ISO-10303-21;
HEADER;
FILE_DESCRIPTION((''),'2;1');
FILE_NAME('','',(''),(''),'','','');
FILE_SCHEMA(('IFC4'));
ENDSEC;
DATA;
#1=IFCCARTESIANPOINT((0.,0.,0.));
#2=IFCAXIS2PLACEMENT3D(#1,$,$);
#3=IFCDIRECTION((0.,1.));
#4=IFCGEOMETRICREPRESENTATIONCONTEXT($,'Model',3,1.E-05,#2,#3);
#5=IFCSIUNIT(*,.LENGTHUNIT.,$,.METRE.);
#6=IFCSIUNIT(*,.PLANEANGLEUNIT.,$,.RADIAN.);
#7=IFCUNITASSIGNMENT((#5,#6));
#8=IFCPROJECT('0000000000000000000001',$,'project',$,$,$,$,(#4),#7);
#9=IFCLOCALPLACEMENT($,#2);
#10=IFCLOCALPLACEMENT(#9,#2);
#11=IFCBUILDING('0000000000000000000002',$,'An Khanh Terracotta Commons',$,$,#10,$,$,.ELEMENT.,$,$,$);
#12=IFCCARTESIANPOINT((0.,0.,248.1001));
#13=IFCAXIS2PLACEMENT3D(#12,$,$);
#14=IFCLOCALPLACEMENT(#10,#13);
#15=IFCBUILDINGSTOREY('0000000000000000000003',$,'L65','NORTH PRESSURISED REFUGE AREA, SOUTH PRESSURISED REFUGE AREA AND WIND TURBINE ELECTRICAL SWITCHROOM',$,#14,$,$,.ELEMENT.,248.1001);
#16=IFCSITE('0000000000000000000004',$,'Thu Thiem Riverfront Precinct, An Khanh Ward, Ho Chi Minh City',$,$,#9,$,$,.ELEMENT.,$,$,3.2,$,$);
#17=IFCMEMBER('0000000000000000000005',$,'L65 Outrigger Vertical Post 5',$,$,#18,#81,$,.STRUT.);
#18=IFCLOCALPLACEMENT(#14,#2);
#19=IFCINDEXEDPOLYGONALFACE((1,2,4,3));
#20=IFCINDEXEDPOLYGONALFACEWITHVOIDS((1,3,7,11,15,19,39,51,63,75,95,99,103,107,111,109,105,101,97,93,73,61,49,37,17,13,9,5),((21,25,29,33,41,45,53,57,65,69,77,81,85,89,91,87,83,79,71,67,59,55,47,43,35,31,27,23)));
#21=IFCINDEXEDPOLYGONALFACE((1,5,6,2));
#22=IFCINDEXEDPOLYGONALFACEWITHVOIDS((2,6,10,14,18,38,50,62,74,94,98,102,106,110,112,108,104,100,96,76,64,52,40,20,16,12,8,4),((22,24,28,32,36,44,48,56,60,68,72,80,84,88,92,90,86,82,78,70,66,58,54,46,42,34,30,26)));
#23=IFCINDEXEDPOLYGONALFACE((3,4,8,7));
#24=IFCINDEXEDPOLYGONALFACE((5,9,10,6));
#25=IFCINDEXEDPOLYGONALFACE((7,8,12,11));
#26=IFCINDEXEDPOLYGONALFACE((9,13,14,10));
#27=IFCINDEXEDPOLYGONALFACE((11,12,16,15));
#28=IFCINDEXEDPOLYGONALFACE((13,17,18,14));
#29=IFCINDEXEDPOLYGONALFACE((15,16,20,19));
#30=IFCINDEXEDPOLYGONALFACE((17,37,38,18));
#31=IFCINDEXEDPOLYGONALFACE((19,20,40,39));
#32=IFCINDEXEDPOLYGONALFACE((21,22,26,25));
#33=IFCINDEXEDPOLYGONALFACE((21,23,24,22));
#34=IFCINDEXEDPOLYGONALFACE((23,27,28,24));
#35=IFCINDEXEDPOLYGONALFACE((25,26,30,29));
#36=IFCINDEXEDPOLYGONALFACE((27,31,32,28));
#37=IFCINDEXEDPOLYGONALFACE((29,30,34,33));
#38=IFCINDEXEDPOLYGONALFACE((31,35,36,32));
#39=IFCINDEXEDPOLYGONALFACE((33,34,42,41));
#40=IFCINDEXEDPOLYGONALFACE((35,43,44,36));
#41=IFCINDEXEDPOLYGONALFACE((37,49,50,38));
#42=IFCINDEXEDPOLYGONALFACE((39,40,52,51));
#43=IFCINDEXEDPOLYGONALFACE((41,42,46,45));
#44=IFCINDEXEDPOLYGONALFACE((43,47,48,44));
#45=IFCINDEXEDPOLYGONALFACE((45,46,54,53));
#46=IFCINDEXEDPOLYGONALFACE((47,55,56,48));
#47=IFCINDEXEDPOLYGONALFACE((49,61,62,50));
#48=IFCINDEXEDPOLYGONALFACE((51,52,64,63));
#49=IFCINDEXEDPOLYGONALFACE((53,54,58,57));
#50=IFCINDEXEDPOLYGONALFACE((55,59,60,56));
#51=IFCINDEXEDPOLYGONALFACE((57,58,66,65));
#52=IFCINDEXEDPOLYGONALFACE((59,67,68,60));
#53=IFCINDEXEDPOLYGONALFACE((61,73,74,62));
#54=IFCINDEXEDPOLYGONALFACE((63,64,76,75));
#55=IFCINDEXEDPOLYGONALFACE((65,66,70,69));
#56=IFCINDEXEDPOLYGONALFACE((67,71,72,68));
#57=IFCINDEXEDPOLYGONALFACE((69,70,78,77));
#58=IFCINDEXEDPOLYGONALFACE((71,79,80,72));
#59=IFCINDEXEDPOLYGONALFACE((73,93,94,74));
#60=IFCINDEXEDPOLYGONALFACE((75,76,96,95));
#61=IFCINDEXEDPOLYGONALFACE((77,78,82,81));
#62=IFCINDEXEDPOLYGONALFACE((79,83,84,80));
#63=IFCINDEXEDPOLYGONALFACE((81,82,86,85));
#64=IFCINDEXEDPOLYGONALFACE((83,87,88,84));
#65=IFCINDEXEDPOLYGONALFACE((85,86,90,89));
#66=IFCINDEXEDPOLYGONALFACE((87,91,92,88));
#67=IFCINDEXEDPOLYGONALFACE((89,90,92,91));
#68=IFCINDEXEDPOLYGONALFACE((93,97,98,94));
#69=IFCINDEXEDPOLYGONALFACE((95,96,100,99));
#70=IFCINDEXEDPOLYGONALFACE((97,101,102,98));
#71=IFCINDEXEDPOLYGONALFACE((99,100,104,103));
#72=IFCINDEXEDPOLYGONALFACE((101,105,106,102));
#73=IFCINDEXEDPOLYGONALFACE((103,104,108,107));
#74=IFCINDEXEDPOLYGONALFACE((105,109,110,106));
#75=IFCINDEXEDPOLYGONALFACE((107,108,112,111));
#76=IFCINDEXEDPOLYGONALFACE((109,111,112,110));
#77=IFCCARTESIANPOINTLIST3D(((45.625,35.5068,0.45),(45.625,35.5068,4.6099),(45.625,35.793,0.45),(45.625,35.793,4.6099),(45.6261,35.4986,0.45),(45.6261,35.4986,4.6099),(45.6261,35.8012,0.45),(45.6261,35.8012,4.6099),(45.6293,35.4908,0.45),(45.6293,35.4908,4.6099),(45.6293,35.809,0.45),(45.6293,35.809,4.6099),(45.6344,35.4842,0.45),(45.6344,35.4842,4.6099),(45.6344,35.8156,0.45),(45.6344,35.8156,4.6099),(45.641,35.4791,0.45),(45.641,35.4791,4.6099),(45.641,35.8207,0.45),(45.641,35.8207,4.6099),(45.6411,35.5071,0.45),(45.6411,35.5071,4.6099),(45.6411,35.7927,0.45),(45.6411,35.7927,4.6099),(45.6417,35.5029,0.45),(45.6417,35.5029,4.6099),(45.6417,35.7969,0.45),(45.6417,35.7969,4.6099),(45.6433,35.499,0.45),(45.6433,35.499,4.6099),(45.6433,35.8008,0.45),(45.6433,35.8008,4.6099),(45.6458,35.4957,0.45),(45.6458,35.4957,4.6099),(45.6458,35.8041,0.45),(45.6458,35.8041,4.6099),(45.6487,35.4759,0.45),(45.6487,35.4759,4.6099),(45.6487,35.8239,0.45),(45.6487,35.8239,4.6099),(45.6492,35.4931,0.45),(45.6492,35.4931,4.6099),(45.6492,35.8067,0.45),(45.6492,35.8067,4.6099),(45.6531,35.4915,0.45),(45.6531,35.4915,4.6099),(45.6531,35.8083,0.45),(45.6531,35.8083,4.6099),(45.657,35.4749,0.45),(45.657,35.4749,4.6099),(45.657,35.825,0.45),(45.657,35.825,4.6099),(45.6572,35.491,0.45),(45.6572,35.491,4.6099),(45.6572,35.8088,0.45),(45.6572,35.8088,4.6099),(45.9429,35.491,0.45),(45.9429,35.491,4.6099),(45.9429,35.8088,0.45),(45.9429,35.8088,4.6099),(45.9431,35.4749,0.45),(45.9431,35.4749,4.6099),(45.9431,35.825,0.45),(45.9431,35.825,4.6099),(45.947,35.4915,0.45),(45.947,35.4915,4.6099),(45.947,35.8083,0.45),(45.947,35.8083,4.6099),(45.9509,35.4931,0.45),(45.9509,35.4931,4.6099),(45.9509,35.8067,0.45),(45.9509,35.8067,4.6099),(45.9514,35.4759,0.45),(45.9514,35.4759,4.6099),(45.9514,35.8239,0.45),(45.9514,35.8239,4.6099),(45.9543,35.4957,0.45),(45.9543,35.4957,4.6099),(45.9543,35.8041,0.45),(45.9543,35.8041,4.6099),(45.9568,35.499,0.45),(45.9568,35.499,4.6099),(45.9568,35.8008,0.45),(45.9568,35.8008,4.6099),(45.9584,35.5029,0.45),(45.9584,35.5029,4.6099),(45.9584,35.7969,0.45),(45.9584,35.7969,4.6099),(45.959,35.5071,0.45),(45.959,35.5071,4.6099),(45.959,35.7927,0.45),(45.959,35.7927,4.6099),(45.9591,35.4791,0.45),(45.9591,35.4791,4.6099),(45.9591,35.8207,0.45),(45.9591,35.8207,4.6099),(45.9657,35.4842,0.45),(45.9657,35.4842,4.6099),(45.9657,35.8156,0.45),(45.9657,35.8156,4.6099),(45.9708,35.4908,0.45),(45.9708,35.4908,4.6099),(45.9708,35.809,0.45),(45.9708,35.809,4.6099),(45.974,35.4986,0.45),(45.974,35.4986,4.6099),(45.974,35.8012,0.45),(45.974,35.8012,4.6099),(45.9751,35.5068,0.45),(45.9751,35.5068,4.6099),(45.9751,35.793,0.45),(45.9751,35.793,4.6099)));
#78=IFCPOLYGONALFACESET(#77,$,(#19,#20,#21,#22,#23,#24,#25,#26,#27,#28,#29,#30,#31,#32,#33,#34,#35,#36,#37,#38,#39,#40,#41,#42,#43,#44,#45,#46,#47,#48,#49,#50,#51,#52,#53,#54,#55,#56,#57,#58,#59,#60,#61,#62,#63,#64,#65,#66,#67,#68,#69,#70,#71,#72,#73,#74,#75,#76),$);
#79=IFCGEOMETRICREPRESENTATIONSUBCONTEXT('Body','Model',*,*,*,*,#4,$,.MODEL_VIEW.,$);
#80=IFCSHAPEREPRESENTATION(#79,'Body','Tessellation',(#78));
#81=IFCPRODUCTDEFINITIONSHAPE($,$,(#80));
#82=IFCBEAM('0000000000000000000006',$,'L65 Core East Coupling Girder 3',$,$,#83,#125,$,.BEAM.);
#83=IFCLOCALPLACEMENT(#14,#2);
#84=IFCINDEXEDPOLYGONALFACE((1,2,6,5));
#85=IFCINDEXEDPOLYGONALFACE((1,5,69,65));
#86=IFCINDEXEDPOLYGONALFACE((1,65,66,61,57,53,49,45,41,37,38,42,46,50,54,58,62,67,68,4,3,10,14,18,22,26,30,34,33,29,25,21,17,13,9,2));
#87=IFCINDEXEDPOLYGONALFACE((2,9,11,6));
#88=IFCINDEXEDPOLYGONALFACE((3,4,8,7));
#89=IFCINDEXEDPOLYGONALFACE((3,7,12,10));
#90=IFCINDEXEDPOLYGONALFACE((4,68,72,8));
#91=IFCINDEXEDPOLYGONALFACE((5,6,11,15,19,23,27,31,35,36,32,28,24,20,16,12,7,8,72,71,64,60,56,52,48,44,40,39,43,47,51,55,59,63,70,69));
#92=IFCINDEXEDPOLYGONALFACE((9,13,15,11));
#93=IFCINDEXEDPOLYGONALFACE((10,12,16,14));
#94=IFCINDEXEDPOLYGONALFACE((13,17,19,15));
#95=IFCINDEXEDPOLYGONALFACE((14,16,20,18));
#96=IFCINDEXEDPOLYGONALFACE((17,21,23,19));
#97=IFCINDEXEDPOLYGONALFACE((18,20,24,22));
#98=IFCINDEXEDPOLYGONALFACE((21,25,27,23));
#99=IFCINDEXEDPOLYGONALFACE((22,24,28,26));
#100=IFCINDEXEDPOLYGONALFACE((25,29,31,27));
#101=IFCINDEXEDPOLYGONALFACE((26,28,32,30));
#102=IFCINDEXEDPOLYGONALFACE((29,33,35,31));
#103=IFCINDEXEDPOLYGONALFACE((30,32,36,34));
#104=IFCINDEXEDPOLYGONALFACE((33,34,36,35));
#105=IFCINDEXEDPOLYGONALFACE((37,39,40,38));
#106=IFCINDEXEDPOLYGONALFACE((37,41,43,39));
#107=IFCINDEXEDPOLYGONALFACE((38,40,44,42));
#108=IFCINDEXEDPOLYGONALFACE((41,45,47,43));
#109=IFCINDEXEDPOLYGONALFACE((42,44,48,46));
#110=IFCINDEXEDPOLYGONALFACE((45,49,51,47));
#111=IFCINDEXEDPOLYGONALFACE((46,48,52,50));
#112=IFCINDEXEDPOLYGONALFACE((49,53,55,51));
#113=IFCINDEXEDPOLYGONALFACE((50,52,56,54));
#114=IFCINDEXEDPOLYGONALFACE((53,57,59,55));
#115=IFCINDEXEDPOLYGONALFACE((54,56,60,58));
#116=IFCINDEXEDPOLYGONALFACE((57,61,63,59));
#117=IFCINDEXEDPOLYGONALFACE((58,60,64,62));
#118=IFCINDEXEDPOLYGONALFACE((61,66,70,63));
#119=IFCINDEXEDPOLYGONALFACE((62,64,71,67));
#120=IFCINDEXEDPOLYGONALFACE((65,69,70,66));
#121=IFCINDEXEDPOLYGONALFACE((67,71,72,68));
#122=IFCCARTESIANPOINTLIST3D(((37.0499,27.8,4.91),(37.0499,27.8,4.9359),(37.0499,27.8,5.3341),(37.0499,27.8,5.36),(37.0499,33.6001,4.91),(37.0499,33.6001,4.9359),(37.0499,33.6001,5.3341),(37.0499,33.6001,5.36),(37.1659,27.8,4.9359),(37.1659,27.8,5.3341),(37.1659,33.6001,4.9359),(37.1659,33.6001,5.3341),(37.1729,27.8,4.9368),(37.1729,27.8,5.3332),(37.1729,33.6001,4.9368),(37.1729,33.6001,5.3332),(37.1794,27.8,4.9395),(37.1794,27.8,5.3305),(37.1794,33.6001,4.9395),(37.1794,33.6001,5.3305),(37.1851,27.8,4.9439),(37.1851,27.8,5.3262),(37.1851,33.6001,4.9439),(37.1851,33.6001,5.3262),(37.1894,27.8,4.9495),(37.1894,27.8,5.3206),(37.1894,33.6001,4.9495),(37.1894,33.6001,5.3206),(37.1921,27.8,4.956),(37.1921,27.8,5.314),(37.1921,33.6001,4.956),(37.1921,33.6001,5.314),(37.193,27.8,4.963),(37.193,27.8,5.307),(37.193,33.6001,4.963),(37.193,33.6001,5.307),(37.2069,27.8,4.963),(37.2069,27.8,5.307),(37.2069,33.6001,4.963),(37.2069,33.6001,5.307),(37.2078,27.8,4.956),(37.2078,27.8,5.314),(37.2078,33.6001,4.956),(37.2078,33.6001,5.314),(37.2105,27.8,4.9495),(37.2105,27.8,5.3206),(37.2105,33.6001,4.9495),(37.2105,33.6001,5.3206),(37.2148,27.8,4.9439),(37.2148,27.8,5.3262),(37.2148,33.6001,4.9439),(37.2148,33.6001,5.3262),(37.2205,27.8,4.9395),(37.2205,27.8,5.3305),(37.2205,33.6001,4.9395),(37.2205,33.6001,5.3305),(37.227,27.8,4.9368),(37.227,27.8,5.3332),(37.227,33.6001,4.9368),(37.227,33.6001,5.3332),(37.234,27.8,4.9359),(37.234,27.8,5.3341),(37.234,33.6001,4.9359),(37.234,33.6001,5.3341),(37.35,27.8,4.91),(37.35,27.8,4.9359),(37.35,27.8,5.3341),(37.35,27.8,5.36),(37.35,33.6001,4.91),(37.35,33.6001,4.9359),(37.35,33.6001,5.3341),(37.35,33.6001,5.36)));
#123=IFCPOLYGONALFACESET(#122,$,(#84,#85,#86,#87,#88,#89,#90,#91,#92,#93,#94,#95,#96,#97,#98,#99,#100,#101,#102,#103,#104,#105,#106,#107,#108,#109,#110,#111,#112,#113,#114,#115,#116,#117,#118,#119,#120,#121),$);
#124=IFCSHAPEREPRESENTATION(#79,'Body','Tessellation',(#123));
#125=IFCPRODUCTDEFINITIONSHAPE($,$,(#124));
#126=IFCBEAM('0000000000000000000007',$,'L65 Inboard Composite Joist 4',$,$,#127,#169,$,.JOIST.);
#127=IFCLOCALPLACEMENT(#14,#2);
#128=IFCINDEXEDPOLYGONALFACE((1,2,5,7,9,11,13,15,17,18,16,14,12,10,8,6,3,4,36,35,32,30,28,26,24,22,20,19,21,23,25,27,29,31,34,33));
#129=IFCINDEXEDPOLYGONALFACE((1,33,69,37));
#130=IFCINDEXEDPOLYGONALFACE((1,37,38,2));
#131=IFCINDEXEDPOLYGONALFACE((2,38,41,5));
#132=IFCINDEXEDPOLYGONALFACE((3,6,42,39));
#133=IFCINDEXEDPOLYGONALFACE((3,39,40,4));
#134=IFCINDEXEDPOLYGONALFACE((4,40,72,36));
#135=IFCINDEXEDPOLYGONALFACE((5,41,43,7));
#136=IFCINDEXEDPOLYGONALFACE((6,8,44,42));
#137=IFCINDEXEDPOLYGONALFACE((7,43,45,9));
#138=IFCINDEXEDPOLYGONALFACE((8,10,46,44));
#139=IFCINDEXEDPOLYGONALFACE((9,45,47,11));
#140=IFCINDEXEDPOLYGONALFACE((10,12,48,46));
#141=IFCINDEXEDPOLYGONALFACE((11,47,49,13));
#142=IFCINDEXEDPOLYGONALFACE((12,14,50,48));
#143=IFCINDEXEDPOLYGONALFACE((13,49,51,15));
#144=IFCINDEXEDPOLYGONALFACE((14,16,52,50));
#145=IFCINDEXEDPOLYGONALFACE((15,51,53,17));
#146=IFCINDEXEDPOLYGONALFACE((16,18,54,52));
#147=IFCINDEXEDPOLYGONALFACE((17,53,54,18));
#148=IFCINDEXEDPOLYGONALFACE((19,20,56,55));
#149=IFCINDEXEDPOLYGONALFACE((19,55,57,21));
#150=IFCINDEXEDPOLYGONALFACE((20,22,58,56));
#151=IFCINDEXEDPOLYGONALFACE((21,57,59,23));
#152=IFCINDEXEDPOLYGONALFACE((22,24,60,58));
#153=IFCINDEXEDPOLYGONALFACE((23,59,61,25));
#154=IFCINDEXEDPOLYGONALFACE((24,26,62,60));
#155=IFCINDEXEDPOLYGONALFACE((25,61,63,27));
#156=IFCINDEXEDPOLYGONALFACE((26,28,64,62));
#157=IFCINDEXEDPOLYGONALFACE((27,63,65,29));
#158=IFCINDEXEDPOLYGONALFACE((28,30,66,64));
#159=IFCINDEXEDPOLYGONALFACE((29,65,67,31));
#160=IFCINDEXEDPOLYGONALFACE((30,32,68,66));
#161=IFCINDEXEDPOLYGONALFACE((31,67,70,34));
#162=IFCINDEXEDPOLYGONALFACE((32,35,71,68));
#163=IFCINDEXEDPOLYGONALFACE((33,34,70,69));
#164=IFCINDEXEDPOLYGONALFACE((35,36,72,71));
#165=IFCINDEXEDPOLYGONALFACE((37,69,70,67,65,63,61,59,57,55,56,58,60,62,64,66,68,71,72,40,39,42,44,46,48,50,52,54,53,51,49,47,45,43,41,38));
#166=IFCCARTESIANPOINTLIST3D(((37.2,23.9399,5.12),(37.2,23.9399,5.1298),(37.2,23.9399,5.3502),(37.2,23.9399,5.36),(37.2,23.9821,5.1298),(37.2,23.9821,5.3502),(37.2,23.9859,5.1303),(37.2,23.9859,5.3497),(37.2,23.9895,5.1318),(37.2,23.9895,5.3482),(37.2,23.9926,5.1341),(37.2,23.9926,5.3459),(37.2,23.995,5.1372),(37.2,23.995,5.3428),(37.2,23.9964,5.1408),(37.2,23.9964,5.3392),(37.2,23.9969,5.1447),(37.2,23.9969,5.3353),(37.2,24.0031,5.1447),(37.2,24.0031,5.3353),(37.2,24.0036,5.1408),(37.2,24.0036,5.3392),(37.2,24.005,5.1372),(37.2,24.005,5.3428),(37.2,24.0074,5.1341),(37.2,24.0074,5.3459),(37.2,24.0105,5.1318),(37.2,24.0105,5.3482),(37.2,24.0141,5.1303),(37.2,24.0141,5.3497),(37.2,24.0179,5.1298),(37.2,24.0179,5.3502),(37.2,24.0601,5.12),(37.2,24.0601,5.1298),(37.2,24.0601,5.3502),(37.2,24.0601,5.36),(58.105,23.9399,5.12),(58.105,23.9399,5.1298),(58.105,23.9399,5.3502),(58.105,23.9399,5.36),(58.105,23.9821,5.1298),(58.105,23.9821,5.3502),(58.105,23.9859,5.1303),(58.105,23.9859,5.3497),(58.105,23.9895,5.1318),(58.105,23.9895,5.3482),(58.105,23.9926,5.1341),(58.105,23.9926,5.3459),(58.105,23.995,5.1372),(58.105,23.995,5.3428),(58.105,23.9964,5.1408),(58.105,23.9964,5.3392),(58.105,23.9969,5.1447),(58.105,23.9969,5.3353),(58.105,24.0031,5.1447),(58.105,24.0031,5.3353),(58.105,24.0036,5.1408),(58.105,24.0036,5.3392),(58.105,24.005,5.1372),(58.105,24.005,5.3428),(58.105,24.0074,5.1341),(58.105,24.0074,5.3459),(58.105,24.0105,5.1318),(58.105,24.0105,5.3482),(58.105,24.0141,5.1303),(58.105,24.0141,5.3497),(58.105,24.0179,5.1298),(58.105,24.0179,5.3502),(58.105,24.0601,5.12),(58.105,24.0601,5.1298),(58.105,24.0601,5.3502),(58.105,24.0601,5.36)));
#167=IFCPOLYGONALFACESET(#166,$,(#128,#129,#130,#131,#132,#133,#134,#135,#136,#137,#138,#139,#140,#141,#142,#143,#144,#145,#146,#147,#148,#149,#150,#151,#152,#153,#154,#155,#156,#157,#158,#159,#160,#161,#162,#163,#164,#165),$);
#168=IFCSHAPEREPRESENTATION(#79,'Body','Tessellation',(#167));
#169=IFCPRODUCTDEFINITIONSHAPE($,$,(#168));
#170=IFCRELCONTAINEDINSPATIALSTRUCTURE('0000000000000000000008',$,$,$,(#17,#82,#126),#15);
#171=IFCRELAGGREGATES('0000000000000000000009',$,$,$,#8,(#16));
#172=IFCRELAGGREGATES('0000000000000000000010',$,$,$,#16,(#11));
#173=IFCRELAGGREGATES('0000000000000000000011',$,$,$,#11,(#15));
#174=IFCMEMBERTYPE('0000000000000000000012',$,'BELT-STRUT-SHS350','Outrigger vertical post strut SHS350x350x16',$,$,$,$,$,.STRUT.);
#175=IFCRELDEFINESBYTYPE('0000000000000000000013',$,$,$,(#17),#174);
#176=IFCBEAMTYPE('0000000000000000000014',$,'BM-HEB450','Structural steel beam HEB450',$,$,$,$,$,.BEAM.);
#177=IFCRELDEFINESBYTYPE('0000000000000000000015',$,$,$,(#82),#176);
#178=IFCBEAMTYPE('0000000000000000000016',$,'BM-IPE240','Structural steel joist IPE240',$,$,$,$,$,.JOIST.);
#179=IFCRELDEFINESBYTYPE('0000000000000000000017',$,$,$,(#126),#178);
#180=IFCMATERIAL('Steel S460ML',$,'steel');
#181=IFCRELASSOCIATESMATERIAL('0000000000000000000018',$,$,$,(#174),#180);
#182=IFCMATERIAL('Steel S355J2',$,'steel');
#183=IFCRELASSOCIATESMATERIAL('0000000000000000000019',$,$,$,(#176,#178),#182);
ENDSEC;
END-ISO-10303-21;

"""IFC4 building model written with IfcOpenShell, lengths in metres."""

from ifc_helpers import new_model, si_unit, direction, frame, origin, origin_2d, place, context, subcontext, project, spatial, hollow_rectangle, i_section, extrude, material, material_profile, profile_set, type_object, element, save


model = new_model("IFC4")

# Units and contexts
model_context = context("Model", 3, precision=1e-05, world=origin(), true_north=direction((0.0, 1.0)))
body_context = subcontext(model_context, "Body", "Model", "MODEL_VIEW")
ifc_project = project(units=[si_unit("LENGTHUNIT", "METRE"), si_unit("PLANEANGLEUNIT", "RADIAN")], contexts=[model_context])

# Site, building, storey
site_placement = place(None, origin())
site = spatial("IfcSite", under=ifc_project, at=site_placement, Name="Thu Thiem Riverfront Precinct, An Khanh Ward, Ho Chi Minh City", CompositionType="ELEMENT", RefElevation=3.2)
building_placement = place(site_placement, origin())
building = spatial("IfcBuilding", under=site, at=building_placement, Name="An Khanh Terracotta Commons", CompositionType="ELEMENT")
storey_placement = place(building_placement, frame((0.0, 0.0, 248.1001)))
storey = spatial("IfcBuildingStorey", under=building, at=storey_placement, Name="L65", Description="NORTH PRESSURISED REFUGE AREA, SOUTH PRESSURISED REFUGE AREA AND WIND TURBINE ELECTRICAL SWITCHROOM", CompositionType="ELEMENT", Elevation=248.1001)

# Shared definitions
ifc_material_1 = material(Name="Steel S460ML", Category="steel")

# Member
ifc_material_profile_1 = material_profile(ifc_material_1, hollow_rectangle(XDim=0.3501, YDim=0.3501, WallThickness=0.0161, InnerFilletRadius=0.0161, OuterFilletRadius=0.032, at=origin_2d()), Name="SHS350x350x16")
ifc_profile_set_1 = profile_set([ifc_material_profile_1], Name="Steel S460ML")
member_type_1 = type_object("IfcMemberType", Name="BELT-STRUT-SHS350", Description="Outrigger vertical post strut SHS350x350x16", PredefinedType="STRUT", material=ifc_profile_set_1)
for number, where, z_axis, x_axis, name in (
    (1, (45.8, 35.6499, 0.45), (0.0, 0.0, 1.0), (1.0, 0.0, 0.0), "L65 Outrigger Vertical Post 5"),
):
    element("IfcMember", number, at=place(storey_placement, frame(where, z_axis=z_axis, x_axis=x_axis)), inside=storey, type_object=member_type_1, Name=name, PredefinedType="STRUT", context=body_context, shape_type="SweptSolid", body=[
        extrude(hollow_rectangle(XDim=0.3501, YDim=0.3501, WallThickness=0.0161, InnerFilletRadius=0.0161, OuterFilletRadius=0.032, at=origin_2d()), origin(), (0.0, 0.0, 1.0), 4.1599),
    ])

# Beams
ifc_material_2 = material(Name="Steel S355J2", Category="steel")
ifc_material_profile_2 = material_profile(ifc_material_2, i_section(OverallWidth=0.3, OverallDepth=0.45, WebThickness=0.0139, FlangeThickness=0.0259, FilletRadius=0.0271, at=origin_2d()), Name="HEB450")
ifc_profile_set_2 = profile_set([ifc_material_profile_2], Name="Steel S355J2")
beam_type_1 = type_object("IfcBeamType", Name="BM-HEB450", Description="Structural steel beam HEB450", PredefinedType="BEAM", material=ifc_profile_set_2)
beam_1_placement = place(storey_placement, frame((37.2, 27.8, 5.135), z_axis=(0.0, 1.0, 0.0), x_axis=(-1.0, 0.0, 0.0)))
element("IfcBeam", 2, at=beam_1_placement, inside=storey, type_object=beam_type_1, Name="L65 Core East Coupling Girder 3", PredefinedType="BEAM", context=body_context, shape_type="SweptSolid", body=[
    extrude(i_section(OverallWidth=0.3, OverallDepth=0.45, WebThickness=0.0139, FlangeThickness=0.0259, FilletRadius=0.0271, at=origin_2d()), origin(), (0.0, 0.0, 1.0), 5.8),
])
ifc_material_profile_3 = material_profile(ifc_material_2, i_section(OverallWidth=0.1201, OverallDepth=0.24, WebThickness=0.0061, FlangeThickness=0.0098, FilletRadius=0.0149, at=origin_2d()), Name="IPE240")
ifc_profile_set_3 = profile_set([ifc_material_profile_3], Name="Steel S355J2")
beam_type_2 = type_object("IfcBeamType", Name="BM-IPE240", Description="Structural steel joist IPE240", PredefinedType="JOIST", material=ifc_profile_set_3)
for number, where, z_axis, x_axis, name in (
    (3, (37.2, 24.0, 5.24), (1.0, 0.0, 0.0), (0.0, 1.0, 0.0), "L65 Inboard Composite Joist 4"),
):
    element("IfcBeam", number, at=place(storey_placement, frame(where, z_axis=z_axis, x_axis=x_axis)), inside=storey, type_object=beam_type_2, Name=name, PredefinedType="JOIST", context=body_context, shape_type="SweptSolid", body=[
        extrude(i_section(OverallWidth=0.1201, OverallDepth=0.24, WebThickness=0.0061, FlangeThickness=0.0098, FilletRadius=0.0149, at=origin_2d()), origin(), (0.0, 0.0, 1.0), 20.905),
    ])

save(model, "model.ifc")
